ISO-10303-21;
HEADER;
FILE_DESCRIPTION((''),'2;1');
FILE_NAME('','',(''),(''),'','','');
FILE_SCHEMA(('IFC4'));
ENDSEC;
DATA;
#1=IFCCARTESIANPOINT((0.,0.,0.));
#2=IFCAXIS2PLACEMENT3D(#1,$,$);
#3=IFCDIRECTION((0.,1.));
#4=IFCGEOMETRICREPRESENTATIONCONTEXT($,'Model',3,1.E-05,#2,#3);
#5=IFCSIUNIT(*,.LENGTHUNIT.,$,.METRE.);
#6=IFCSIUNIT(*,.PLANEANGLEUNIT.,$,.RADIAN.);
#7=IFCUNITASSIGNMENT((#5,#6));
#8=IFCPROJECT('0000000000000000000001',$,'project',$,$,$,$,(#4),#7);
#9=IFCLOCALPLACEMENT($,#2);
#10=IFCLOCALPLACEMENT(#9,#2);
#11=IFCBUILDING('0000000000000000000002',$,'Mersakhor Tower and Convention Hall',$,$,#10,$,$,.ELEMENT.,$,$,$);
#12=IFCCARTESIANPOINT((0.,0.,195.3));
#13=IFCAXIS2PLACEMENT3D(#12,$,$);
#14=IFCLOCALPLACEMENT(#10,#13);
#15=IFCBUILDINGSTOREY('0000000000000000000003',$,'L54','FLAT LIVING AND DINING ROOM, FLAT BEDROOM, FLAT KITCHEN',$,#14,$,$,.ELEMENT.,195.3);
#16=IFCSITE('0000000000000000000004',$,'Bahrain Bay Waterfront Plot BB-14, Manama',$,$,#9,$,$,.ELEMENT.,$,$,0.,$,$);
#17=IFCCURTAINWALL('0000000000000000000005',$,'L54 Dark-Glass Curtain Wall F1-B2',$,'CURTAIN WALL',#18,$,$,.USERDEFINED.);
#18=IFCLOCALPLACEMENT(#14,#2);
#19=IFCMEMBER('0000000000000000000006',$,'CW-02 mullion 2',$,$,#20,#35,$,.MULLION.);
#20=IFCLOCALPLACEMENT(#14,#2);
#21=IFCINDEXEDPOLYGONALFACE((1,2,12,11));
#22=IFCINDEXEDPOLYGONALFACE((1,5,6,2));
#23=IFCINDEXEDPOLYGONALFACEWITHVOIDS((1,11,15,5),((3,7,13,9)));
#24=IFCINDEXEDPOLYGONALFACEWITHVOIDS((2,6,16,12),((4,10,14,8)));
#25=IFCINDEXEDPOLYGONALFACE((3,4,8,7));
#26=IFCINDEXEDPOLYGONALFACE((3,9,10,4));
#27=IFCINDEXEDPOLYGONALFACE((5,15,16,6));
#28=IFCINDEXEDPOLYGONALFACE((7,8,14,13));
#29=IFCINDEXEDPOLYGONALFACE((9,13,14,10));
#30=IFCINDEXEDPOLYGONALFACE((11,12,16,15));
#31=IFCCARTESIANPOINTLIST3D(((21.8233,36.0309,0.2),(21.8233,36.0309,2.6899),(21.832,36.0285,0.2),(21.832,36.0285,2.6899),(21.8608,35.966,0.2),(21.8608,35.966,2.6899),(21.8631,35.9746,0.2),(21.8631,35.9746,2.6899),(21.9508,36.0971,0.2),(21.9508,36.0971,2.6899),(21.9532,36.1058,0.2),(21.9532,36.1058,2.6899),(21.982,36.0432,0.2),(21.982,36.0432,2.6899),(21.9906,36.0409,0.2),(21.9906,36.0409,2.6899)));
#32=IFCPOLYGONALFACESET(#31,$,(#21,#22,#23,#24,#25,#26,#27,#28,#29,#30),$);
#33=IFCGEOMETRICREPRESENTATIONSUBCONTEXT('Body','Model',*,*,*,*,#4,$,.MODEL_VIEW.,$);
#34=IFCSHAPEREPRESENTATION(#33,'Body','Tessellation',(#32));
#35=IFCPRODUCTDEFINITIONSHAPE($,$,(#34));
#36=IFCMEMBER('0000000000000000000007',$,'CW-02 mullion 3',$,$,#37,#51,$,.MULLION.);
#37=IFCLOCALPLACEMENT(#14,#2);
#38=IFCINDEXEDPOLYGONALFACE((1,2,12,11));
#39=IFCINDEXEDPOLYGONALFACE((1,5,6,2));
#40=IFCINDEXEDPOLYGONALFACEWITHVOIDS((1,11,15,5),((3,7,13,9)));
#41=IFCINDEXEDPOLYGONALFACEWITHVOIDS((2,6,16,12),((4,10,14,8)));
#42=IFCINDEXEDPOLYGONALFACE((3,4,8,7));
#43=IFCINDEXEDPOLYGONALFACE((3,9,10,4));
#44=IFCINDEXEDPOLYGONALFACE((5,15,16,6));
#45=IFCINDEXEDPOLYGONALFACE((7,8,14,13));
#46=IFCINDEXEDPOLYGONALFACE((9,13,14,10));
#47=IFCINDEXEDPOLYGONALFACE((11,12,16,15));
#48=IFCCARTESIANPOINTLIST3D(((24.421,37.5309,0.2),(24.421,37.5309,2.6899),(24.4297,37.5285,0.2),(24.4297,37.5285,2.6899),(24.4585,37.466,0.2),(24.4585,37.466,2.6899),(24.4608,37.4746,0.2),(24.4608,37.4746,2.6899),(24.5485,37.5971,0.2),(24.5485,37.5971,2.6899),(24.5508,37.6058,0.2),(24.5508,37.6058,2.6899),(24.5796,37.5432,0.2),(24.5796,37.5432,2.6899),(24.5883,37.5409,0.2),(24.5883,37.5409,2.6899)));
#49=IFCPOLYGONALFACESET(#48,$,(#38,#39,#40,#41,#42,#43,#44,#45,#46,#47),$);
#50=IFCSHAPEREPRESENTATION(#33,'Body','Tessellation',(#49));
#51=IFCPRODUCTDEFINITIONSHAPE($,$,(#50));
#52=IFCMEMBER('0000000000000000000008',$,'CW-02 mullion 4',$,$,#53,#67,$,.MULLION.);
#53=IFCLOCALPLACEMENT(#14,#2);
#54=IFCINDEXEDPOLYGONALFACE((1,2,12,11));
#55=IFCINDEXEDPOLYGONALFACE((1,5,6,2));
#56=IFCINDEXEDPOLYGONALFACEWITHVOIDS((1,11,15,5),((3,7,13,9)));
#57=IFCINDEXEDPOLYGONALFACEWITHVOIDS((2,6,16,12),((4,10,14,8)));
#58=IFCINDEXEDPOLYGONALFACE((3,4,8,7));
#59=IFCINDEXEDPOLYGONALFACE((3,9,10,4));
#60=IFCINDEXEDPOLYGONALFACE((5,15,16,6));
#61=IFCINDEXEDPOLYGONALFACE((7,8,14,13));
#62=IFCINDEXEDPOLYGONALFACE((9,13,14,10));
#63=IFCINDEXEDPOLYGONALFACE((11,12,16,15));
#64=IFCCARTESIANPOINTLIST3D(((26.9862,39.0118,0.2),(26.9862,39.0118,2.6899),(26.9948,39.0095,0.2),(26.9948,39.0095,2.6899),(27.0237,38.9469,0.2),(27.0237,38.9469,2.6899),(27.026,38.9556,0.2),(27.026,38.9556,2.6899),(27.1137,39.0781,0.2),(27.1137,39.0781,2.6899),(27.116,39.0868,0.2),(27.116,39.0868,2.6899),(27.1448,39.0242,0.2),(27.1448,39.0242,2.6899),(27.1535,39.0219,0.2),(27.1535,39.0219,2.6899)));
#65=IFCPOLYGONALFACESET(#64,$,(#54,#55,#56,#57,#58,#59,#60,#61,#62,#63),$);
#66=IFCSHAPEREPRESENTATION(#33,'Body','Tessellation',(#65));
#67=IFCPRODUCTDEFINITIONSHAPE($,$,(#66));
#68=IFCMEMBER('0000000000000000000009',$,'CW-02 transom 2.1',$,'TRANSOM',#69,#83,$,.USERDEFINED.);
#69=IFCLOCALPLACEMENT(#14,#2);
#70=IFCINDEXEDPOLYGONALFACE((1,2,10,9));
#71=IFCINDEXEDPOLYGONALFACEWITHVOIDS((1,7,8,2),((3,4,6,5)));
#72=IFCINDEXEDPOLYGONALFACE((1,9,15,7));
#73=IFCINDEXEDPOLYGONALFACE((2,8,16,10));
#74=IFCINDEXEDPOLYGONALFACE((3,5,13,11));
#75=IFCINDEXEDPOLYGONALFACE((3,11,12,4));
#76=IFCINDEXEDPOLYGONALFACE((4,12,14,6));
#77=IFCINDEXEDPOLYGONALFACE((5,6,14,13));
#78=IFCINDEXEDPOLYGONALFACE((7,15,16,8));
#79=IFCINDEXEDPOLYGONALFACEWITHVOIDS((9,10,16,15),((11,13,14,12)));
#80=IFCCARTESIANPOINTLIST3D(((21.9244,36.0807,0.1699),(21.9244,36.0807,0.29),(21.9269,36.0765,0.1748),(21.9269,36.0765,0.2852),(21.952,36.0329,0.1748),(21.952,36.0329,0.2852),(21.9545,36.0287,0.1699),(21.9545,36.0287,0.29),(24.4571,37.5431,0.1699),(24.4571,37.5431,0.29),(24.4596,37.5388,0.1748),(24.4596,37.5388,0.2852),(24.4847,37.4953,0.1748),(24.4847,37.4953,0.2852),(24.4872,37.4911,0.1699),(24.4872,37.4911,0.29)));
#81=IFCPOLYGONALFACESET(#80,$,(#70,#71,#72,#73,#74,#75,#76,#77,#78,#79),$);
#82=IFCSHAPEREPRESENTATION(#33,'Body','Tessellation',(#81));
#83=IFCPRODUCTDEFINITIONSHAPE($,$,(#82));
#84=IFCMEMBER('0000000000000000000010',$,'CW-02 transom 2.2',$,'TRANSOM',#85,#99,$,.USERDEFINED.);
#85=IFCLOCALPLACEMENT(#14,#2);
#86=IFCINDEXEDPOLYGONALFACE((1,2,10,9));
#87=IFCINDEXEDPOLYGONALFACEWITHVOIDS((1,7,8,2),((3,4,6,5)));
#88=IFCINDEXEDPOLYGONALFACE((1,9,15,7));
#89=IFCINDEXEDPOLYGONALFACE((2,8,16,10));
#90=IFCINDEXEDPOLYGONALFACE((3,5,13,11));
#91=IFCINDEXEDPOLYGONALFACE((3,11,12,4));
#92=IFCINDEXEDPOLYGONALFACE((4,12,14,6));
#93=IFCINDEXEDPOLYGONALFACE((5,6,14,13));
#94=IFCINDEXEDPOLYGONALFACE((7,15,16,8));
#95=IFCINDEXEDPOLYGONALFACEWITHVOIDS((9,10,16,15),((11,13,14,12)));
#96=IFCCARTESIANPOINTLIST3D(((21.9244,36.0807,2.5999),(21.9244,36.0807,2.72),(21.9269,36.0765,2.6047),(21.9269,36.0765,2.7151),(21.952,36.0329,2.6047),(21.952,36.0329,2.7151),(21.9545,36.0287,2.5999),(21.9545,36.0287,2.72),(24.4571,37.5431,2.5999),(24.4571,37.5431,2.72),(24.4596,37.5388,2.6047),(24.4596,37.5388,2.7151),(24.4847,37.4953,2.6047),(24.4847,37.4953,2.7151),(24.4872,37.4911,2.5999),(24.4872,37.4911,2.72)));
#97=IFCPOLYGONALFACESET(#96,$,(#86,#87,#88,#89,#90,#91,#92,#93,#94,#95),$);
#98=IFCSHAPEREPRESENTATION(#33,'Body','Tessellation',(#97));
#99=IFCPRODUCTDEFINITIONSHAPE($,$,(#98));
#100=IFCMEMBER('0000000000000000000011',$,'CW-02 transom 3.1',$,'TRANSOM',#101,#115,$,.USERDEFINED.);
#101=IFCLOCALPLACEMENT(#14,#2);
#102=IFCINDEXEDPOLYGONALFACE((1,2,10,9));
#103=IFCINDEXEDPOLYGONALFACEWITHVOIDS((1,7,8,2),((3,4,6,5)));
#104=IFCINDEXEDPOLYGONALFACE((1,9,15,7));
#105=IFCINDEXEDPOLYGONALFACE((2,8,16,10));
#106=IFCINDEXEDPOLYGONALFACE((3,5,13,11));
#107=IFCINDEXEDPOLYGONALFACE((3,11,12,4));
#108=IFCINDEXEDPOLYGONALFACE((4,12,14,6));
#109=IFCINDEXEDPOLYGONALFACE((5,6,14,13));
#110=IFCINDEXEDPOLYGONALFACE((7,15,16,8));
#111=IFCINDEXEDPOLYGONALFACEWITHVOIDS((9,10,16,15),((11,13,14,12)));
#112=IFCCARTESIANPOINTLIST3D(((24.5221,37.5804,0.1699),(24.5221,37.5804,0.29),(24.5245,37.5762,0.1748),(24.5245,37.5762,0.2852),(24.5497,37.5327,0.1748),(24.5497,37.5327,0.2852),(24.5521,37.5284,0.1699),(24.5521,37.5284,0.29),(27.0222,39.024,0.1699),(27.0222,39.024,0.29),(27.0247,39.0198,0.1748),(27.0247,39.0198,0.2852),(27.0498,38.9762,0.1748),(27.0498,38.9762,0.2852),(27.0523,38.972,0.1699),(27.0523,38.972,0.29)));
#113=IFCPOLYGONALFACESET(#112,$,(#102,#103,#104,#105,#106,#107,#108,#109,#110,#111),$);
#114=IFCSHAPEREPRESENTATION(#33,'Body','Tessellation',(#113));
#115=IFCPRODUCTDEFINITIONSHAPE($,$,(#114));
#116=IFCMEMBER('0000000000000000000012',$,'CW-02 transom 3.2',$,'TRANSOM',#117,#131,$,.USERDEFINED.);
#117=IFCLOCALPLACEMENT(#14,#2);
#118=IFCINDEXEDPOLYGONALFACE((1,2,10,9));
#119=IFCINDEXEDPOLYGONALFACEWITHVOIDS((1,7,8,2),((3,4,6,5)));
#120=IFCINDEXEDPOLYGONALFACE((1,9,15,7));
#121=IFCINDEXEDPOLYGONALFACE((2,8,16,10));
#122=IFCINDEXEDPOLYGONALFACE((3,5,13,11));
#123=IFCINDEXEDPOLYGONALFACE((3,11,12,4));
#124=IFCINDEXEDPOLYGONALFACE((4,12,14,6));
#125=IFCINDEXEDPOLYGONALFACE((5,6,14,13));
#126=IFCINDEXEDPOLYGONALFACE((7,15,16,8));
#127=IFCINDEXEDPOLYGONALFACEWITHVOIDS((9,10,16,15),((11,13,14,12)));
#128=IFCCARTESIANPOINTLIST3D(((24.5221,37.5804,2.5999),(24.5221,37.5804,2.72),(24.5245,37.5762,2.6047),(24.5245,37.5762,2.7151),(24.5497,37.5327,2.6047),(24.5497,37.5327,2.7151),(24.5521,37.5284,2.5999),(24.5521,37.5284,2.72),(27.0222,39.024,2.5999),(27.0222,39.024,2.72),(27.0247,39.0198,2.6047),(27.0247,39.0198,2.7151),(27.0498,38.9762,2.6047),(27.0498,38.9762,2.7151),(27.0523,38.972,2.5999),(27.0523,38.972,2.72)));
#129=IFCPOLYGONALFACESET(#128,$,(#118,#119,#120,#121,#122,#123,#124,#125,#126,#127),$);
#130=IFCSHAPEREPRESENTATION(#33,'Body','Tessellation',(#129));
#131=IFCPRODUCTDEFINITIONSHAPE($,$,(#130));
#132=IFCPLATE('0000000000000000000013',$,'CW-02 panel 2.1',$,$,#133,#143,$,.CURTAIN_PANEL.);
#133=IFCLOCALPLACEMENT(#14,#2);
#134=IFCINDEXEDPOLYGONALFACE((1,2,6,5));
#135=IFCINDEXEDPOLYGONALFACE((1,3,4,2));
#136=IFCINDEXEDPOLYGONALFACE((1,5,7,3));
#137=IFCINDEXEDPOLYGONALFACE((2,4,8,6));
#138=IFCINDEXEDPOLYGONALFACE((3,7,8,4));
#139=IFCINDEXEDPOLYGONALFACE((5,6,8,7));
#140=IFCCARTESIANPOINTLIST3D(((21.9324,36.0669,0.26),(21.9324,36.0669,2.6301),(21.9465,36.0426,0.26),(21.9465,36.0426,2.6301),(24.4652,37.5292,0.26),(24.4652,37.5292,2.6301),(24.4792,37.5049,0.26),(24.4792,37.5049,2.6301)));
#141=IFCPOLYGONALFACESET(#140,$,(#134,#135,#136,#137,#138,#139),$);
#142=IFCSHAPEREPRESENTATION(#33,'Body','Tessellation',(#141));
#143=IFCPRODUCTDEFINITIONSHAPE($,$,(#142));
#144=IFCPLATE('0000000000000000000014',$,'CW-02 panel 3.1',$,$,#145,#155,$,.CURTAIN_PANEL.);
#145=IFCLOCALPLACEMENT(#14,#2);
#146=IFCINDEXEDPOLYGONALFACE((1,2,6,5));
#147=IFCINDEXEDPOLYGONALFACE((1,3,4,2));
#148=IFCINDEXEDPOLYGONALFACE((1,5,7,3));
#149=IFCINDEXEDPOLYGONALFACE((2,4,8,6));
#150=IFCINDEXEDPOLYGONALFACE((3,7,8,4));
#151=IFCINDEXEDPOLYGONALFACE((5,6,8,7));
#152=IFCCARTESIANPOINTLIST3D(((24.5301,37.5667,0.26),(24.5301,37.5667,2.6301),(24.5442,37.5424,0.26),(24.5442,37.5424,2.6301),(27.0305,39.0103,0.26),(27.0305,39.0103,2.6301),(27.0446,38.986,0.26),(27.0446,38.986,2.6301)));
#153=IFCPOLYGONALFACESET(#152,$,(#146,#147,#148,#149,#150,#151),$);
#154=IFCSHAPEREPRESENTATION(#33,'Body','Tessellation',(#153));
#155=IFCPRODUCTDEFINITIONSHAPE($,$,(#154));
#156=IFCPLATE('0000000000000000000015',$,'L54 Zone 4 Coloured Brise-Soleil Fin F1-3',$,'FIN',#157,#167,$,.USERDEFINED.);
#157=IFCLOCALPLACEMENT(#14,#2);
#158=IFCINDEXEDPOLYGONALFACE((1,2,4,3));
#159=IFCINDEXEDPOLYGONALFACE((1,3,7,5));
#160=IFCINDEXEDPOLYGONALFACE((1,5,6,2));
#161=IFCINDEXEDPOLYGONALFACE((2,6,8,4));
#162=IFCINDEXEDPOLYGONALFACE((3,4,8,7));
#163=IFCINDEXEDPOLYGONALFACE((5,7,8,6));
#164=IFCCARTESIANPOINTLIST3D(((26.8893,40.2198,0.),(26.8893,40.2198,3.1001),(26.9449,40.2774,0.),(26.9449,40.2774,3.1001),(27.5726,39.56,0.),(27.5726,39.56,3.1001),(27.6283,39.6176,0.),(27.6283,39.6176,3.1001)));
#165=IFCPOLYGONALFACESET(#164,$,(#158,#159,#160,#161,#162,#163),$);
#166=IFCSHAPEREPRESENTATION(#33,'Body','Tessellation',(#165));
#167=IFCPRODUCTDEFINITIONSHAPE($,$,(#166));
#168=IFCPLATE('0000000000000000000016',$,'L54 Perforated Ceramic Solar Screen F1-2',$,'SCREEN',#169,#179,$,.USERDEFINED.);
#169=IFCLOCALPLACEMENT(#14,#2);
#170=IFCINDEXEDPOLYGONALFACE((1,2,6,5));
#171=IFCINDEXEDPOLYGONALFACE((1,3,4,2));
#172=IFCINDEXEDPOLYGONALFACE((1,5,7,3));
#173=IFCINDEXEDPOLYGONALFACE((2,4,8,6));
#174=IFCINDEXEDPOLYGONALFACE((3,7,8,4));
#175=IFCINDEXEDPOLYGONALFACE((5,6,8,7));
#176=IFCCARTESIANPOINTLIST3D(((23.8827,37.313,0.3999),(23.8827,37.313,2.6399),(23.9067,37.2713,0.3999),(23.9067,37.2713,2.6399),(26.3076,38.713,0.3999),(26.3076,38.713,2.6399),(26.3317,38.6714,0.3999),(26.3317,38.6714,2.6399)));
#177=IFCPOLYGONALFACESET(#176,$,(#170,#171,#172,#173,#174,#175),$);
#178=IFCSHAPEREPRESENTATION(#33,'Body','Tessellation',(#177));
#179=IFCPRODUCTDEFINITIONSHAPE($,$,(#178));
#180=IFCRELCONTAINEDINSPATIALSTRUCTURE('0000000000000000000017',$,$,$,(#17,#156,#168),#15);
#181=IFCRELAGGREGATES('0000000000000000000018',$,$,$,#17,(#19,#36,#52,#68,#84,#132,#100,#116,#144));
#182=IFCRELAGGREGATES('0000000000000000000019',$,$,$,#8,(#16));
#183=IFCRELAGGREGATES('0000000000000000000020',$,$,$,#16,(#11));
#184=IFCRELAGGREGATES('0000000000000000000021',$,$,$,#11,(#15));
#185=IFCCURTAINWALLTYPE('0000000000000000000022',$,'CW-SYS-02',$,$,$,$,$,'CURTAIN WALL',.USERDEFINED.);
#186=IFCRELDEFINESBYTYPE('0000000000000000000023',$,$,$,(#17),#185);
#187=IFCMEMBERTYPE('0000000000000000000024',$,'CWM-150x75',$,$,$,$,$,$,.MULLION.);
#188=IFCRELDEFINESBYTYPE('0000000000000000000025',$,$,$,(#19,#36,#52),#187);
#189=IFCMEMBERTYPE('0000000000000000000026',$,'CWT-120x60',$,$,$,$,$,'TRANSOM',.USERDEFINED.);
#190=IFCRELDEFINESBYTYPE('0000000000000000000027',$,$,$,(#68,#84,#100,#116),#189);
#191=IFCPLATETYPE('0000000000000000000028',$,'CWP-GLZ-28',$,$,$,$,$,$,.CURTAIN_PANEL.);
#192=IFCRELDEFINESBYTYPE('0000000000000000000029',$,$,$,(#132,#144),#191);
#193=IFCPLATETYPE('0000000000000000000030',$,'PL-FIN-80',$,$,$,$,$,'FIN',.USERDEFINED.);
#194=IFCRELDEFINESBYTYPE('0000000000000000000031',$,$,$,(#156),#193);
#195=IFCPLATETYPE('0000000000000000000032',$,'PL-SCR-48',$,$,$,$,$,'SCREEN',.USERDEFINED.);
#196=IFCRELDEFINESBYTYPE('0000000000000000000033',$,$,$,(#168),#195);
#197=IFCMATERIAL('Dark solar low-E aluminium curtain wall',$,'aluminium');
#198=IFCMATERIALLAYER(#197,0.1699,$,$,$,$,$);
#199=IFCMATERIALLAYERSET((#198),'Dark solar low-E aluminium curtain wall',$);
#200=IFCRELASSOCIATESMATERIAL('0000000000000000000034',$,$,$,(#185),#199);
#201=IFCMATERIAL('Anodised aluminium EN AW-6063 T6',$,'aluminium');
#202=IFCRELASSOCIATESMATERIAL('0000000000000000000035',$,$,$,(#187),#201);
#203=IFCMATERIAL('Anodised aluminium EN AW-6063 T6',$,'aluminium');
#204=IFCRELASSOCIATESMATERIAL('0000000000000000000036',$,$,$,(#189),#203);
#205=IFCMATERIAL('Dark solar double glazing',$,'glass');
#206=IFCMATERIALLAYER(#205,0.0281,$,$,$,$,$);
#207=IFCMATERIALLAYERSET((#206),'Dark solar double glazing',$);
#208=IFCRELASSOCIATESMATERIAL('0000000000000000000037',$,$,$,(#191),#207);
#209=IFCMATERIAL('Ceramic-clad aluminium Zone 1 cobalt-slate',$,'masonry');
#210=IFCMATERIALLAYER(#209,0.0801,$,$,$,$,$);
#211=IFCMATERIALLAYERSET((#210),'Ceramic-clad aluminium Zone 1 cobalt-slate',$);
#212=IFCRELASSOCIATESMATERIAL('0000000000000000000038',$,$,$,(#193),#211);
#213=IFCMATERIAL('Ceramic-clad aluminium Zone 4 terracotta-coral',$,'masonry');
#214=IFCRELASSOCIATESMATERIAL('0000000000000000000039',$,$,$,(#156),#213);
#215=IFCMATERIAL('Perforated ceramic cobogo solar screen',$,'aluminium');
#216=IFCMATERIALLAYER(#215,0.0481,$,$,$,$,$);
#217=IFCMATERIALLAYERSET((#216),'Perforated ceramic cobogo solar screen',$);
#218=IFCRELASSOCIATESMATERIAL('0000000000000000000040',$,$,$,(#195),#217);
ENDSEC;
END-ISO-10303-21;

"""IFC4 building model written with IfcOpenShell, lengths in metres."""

from ifc_helpers import new_model, si_unit, direction, frame, origin, origin_2d, place, context, subcontext, project, spatial, rectangle, hollow_rectangle, extrude, material, layer, layer_set, material_profile, profile_set, type_object, element, aggregate, save


model = new_model("IFC4")

# Units and contexts
model_context = context("Model", 3, precision=1e-05, world=origin(), true_north=direction((0.0, 1.0)))
body_context = subcontext(model_context, "Body", "Model", "MODEL_VIEW")
ifc_project = project(units=[si_unit("LENGTHUNIT", "METRE"), si_unit("PLANEANGLEUNIT", "RADIAN")], contexts=[model_context])

# Site, building, storey
site_placement = place(None, origin())
site = spatial("IfcSite", under=ifc_project, at=site_placement, Name="Bahrain Bay Waterfront Plot BB-14, Manama", CompositionType="ELEMENT", RefElevation=0.0)
building_placement = place(site_placement, origin())
building = spatial("IfcBuilding", under=site, at=building_placement, Name="Mersakhor Tower and Convention Hall", CompositionType="ELEMENT")
storey_placement = place(building_placement, frame((0.0, 0.0, 195.3)))
storey = spatial("IfcBuildingStorey", under=building, at=storey_placement, Name="L54", Description="FLAT LIVING AND DINING ROOM, FLAT BEDROOM, FLAT KITCHEN", CompositionType="ELEMENT", Elevation=195.3)

# Curtain wall, members, plates
ifc_material_1 = material(Name="Dark solar low-E aluminium curtain wall", Category="aluminium")
ifc_layer_1 = layer(ifc_material_1, 0.1699)
ifc_layer_set_1 = layer_set([ifc_layer_1], Name="Dark solar low-E aluminium curtain wall")
curtain_wall_type = type_object("IfcCurtainWallType", Name="CW-SYS-02", ElementType="CURTAIN WALL", PredefinedType="USERDEFINED", material=ifc_layer_set_1)
curtain_wall_placement = place(storey_placement, origin())
curtain_wall = element("IfcCurtainWall", 1, at=curtain_wall_placement, inside=storey, type_object=curtain_wall_type, Name="L54 Dark-Glass Curtain Wall F1-B2", ObjectType="CURTAIN WALL", PredefinedType="USERDEFINED")
ifc_material_2 = material(Name="Anodised aluminium EN AW-6063 T6", Category="aluminium")
ifc_material_profile_1 = material_profile(ifc_material_2, hollow_rectangle(XDim=0.075, YDim=0.1499, WallThickness=0.0063, at=origin_2d()), Name="RHS 150x75x6.3")
ifc_profile_set_1 = profile_set([ifc_material_profile_1], Name="Anodised aluminium EN AW-6063 T6")
member_type_1 = type_object("IfcMemberType", Name="CWM-150x75", PredefinedType="MULLION", material=ifc_profile_set_1)
member_1_placement = place(storey_placement, frame((21.907, 36.0359, 0.2), z_axis=(0.0, 0.0, 1.0), x_axis=(-0.500008, 0.866021, 0.0)))
member_1 = element("IfcMember", 2, at=member_1_placement, type_object=member_type_1, Name="CW-02 mullion 2", PredefinedType="MULLION", context=body_context, shape_type="SweptSolid", body=[
    extrude(hollow_rectangle(XDim=0.075, YDim=0.1499, WallThickness=0.0063, at=origin_2d()), origin(), (0.0, 0.0, 1.0), 2.49),
])
member_2_placement = place(storey_placement, frame((24.5046, 37.5359, 0.2), z_axis=(0.0, 0.0, 1.0), x_axis=(-0.500008, 0.866021, 0.0)))
member_2 = element("IfcMember", 3, at=member_2_placement, type_object=member_type_1, Name="CW-02 mullion 3", PredefinedType="MULLION", context=body_context, shape_type="SweptSolid", body=[
    extrude(hollow_rectangle(XDim=0.075, YDim=0.1499, WallThickness=0.0063, at=origin_2d()), origin(), (0.0, 0.0, 1.0), 2.49),
])
member_3_placement = place(storey_placement, frame((27.0698, 39.0168, 0.2), z_axis=(0.0, 0.0, 1.0), x_axis=(-0.500008, 0.866021, 0.0)))
member_3 = element("IfcMember", 4, at=member_3_placement, type_object=member_type_1, Name="CW-02 mullion 4", PredefinedType="MULLION", context=body_context, shape_type="SweptSolid", body=[
    extrude(hollow_rectangle(XDim=0.075, YDim=0.1499, WallThickness=0.0063, at=origin_2d()), origin(), (0.0, 0.0, 1.0), 2.49),
])
ifc_material_3 = material(Name="Anodised aluminium EN AW-6063 T6", Category="aluminium")
ifc_material_profile_2 = material_profile(ifc_material_3, hollow_rectangle(XDim=0.0601, YDim=0.1201, WallThickness=0.0049, at=origin_2d()), Name="RHS 120x60x5")
ifc_profile_set_2 = profile_set([ifc_material_profile_2], Name="Anodised aluminium EN AW-6063 T6")
member_type_2 = type_object("IfcMemberType", Name="CWT-120x60", ElementType="TRANSOM", PredefinedType="USERDEFINED", material=ifc_profile_set_2)
member_4_placement = place(storey_placement, frame((21.9395, 36.0547, 0.23), z_axis=(0.866005, 0.500036, 0.0), x_axis=(-0.500036, 0.866005, 0.0)))
member_4 = element("IfcMember", 5, at=member_4_placement, type_object=member_type_2, Name="CW-02 transom 2.1", ObjectType="TRANSOM", PredefinedType="USERDEFINED", context=body_context, shape_type="SweptSolid", body=[
    extrude(hollow_rectangle(XDim=0.0601, YDim=0.1201, WallThickness=0.0049, at=origin_2d()), origin(), (0.0, 0.0, 1.0), 2.9246),
])
member_5_placement = place(storey_placement, frame((21.9395, 36.0547, 2.6599), z_axis=(0.866005, 0.500036, 0.0), x_axis=(-0.500036, 0.866005, 0.0)))
member_5 = element("IfcMember", 6, at=member_5_placement, type_object=member_type_2, Name="CW-02 transom 2.2", ObjectType="TRANSOM", PredefinedType="USERDEFINED", context=body_context, shape_type="SweptSolid", body=[
    extrude(hollow_rectangle(XDim=0.0601, YDim=0.1201, WallThickness=0.0049, at=origin_2d()), origin(), (0.0, 0.0, 1.0), 2.9246),
])
member_6_placement = place(storey_placement, frame((24.5371, 37.5544, 0.23), z_axis=(0.866012, 0.500023, 0.0), x_axis=(-0.500023, 0.866012, 0.0)))
member_6 = element("IfcMember", 7, at=member_6_placement, type_object=member_type_2, Name="CW-02 transom 3.1", ObjectType="TRANSOM", PredefinedType="USERDEFINED", context=body_context, shape_type="SweptSolid", body=[
    extrude(hollow_rectangle(XDim=0.0601, YDim=0.1201, WallThickness=0.0049, at=origin_2d()), origin(), (0.0, 0.0, 1.0), 2.887),
])
member_7_placement = place(storey_placement, frame((24.5371, 37.5544, 2.6599), z_axis=(0.866012, 0.500023, 0.0), x_axis=(-0.500023, 0.866012, 0.0)))
member_7 = element("IfcMember", 8, at=member_7_placement, type_object=member_type_2, Name="CW-02 transom 3.2", ObjectType="TRANSOM", PredefinedType="USERDEFINED", context=body_context, shape_type="SweptSolid", body=[
    extrude(hollow_rectangle(XDim=0.0601, YDim=0.1201, WallThickness=0.0049, at=origin_2d()), origin(), (0.0, 0.0, 1.0), 2.887),
])
ifc_material_4 = material(Name="Dark solar double glazing", Category="glass")
ifc_layer_2 = layer(ifc_material_4, 0.0281)
ifc_layer_set_2 = layer_set([ifc_layer_2], Name="Dark solar double glazing")
plate_type_1 = type_object("IfcPlateType", Name="CWP-GLZ-28", PredefinedType="CURTAIN_PANEL", material=ifc_layer_set_2)
plate_1_placement = place(storey_placement, frame((23.2058, 36.7859, 0.26), z_axis=(0.0, 0.0, 1.0), x_axis=(0.866021, 0.500008, 0.0)))
plate_1 = element("IfcPlate", 9, at=plate_1_placement, type_object=plate_type_1, Name="CW-02 panel 2.1", PredefinedType="CURTAIN_PANEL", context=body_context, shape_type="SweptSolid", body=[
    extrude(rectangle(XDim=2.9246, YDim=0.0281, at=origin_2d()), origin(), (0.0, 0.0, 1.0), 2.3701),
])
plate_2_placement = place(storey_placement, frame((25.7874, 38.2764, 0.26), z_axis=(0.0, 0.0, 1.0), x_axis=(0.866021, 0.500008, 0.0)))
plate_2 = element("IfcPlate", 10, at=plate_2_placement, type_object=plate_type_1, Name="CW-02 panel 3.1", PredefinedType="CURTAIN_PANEL", context=body_context, shape_type="SweptSolid", body=[
    extrude(rectangle(XDim=2.8872, YDim=0.0281, at=origin_2d()), origin(), (0.0, 0.0, 1.0), 2.3701),
])
aggregate(curtain_wall, [member_1, member_2, member_3, member_4, member_5, plate_1, member_6, member_7, plate_2])

# Plates
ifc_material_5 = material(Name="Ceramic-clad aluminium Zone 4 terracotta-coral", Category="masonry")
ifc_material_6 = material(Name="Ceramic-clad aluminium Zone 1 cobalt-slate", Category="masonry")
ifc_layer_3 = layer(ifc_material_6, 0.0801)
ifc_layer_set_3 = layer_set([ifc_layer_3], Name="Ceramic-clad aluminium Zone 1 cobalt-slate")
plate_type_2 = type_object("IfcPlateType", Name="PL-FIN-80", ElementType="FIN", PredefinedType="USERDEFINED", material=ifc_layer_set_3)
plate_3_placement = place(storey_placement, frame((27.2588, 39.9187, 0.0), z_axis=(0.0, 0.0, 1.0), x_axis=(-0.71934, 0.694658, 0.0)))
element("IfcPlate", 11, at=plate_3_placement, inside=storey, type_object=plate_type_2, material=ifc_material_5, Name="L54 Zone 4 Coloured Brise-Soleil Fin F1-3", ObjectType="FIN", PredefinedType="USERDEFINED", context=body_context, shape_type="SweptSolid", body=[
    extrude(rectangle(XDim=0.95, YDim=0.0801, at=origin_2d()), origin(), (0.0, 0.0, 1.0), 3.1001),
])
ifc_material_7 = material(Name="Perforated ceramic cobogo solar screen", Category="aluminium")
ifc_layer_4 = layer(ifc_material_7, 0.0481)
ifc_layer_set_4 = layer_set([ifc_layer_4], Name="Perforated ceramic cobogo solar screen")
plate_type_3 = type_object("IfcPlateType", Name="PL-SCR-48", ElementType="SCREEN", PredefinedType="USERDEFINED", material=ifc_layer_set_4)
plate_4_placement = place(storey_placement, frame((25.1072, 37.9922, 0.3999), z_axis=(0.0, 0.0, 1.0), x_axis=(0.866025, 0.5, 0.0)))
element("IfcPlate", 12, at=plate_4_placement, inside=storey, type_object=plate_type_3, Name="L54 Perforated Ceramic Solar Screen F1-2", ObjectType="SCREEN", PredefinedType="USERDEFINED", context=body_context, shape_type="SweptSolid", body=[
    extrude(rectangle(XDim=2.8, YDim=0.0481, at=origin_2d()), origin(), (0.0, 0.0, 1.0), 2.24),
])

save(model, "model.ifc")
